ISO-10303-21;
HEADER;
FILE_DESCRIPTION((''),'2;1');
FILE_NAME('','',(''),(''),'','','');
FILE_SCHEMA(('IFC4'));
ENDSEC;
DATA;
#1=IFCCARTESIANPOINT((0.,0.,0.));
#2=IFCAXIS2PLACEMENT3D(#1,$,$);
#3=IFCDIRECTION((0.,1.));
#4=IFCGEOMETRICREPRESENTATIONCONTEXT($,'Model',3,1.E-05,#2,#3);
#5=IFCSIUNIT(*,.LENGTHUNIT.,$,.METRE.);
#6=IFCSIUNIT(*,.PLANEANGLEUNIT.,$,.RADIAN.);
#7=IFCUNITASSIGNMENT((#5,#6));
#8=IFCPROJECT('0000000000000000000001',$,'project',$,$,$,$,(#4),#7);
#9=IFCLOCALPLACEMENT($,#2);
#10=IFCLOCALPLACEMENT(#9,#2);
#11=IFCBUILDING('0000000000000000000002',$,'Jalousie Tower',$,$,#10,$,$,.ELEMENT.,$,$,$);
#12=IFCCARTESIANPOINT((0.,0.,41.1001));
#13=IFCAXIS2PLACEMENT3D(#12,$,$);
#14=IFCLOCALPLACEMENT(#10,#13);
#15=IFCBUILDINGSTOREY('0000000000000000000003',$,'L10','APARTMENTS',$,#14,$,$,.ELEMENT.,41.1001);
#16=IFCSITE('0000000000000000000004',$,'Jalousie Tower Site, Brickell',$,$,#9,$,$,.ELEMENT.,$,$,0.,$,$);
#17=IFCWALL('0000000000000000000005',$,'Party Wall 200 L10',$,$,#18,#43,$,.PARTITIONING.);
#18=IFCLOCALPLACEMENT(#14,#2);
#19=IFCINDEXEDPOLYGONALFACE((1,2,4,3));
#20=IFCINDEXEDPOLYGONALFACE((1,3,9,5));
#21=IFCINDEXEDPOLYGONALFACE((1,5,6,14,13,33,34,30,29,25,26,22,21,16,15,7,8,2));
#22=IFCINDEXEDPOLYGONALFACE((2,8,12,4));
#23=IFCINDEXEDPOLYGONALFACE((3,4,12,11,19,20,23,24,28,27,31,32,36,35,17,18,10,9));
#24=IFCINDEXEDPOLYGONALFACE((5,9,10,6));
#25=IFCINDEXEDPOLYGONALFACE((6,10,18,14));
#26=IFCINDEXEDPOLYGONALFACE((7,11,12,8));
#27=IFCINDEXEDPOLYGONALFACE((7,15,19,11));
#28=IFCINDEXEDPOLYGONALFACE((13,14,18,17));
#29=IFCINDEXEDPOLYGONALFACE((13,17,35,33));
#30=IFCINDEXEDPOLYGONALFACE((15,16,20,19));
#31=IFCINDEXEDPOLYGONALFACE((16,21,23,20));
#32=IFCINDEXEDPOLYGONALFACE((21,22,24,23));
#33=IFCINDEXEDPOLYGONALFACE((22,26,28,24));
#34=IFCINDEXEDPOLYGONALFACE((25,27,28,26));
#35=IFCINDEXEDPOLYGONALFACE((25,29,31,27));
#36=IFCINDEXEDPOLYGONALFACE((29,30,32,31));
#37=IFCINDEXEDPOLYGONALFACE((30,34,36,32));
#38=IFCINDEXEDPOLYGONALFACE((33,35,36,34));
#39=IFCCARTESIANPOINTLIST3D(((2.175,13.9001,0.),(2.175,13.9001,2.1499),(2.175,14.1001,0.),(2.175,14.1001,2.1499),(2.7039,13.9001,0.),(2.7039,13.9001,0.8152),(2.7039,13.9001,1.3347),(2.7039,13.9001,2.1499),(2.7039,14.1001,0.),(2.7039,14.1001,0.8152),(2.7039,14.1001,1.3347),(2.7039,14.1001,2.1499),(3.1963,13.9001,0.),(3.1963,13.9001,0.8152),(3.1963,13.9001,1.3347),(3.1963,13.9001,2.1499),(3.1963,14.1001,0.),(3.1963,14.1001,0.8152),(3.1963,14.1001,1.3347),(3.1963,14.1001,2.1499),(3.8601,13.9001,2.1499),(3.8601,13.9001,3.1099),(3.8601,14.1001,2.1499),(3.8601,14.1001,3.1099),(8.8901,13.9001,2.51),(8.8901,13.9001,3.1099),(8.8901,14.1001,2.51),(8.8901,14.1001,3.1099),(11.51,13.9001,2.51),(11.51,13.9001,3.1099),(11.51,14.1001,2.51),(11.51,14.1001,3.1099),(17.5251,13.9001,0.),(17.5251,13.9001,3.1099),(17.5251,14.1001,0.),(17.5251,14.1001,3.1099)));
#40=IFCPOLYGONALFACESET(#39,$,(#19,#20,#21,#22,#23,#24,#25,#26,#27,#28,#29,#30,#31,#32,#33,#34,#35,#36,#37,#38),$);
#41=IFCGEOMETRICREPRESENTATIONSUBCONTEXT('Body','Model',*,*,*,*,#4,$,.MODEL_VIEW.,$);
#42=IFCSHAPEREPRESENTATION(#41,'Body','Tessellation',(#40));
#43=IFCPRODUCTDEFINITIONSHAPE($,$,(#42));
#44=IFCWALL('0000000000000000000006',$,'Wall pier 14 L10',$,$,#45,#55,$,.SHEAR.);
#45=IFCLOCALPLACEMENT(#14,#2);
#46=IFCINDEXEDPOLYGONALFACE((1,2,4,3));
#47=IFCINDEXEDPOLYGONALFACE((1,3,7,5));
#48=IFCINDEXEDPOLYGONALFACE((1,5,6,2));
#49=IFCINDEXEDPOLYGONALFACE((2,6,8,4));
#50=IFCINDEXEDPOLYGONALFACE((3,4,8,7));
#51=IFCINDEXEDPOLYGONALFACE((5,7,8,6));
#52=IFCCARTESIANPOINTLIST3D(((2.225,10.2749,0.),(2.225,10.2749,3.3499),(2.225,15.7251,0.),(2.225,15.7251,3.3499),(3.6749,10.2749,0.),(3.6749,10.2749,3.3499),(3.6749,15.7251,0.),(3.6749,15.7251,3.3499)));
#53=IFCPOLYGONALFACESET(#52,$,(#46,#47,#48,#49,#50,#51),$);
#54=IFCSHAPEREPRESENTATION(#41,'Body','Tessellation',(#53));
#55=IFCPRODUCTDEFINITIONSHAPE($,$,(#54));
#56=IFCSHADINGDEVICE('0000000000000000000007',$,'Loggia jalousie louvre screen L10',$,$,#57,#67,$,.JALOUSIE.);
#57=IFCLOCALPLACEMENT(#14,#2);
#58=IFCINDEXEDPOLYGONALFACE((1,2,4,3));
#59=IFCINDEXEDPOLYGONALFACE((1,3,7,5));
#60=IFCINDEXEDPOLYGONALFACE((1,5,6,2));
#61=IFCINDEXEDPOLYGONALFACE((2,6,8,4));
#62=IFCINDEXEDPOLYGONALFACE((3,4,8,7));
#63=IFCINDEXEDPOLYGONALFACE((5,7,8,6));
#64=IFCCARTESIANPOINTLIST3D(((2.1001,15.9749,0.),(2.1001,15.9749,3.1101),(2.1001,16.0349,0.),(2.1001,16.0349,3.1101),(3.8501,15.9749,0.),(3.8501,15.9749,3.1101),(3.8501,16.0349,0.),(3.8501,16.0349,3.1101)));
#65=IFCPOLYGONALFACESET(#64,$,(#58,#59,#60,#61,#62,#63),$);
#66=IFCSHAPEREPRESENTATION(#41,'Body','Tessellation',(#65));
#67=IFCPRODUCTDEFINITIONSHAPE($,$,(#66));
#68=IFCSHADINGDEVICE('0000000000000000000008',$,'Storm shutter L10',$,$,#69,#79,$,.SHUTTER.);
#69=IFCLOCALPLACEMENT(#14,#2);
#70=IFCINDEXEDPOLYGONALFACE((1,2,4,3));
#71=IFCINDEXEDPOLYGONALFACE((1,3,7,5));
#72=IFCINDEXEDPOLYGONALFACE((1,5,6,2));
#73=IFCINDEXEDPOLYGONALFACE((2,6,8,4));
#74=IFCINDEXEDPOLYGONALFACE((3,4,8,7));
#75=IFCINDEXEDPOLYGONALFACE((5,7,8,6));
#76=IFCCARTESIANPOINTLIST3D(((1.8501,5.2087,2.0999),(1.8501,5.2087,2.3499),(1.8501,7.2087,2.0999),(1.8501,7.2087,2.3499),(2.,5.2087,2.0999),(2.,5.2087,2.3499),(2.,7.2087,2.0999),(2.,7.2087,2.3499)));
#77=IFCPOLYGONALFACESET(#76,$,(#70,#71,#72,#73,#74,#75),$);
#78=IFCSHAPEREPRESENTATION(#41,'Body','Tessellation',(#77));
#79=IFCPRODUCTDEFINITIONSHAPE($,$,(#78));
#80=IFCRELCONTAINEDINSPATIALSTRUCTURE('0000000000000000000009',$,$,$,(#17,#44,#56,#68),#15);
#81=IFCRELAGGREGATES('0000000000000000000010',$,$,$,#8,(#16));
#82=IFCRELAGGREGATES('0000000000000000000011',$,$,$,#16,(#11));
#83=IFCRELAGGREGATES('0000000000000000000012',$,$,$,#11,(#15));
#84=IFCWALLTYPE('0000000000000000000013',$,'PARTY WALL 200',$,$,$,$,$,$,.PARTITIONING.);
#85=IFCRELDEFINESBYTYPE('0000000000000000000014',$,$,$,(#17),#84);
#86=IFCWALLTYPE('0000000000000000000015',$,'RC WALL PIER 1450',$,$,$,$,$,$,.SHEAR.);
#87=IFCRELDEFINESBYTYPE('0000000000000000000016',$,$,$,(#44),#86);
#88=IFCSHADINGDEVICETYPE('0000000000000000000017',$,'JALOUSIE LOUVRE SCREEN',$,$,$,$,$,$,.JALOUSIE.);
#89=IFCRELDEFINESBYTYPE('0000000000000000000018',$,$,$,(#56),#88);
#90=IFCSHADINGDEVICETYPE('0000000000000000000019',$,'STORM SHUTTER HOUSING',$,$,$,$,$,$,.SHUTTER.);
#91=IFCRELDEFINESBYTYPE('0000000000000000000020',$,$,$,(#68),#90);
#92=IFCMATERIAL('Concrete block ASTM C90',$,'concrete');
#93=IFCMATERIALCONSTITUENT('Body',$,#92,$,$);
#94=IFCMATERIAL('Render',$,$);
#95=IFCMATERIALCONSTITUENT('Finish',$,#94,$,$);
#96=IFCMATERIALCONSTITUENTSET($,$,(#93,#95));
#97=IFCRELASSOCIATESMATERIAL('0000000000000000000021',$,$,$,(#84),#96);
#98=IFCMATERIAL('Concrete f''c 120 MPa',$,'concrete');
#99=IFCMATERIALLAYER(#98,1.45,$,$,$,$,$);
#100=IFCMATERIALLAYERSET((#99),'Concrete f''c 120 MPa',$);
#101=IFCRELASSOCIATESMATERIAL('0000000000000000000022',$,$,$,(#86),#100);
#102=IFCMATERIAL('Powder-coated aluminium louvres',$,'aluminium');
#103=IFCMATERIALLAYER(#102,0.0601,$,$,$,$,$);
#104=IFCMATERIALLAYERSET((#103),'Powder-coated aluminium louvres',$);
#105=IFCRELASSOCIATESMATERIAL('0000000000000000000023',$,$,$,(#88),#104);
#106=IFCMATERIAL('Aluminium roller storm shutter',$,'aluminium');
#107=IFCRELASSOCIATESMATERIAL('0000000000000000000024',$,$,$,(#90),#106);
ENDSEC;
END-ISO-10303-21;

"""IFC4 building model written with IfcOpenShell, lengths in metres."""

from ifc_helpers import new_model, si_unit, direction, frame, frame_2d, origin, origin_2d, place, context, subcontext, project, spatial, polyline, rectangle, outline, extrude, material, layer, layer_set, constituent, constituent_set, type_object, element, save


model = new_model("IFC4")

# Units and contexts
model_context = context("Model", 3, precision=1e-05, world=origin(), true_north=direction((0.0, 1.0)))
body_context = subcontext(model_context, "Body", "Model", "MODEL_VIEW")
ifc_project = project(units=[si_unit("LENGTHUNIT", "METRE"), si_unit("PLANEANGLEUNIT", "RADIAN")], contexts=[model_context])

# Site, building, storey
site_placement = place(None, origin())
site = spatial("IfcSite", under=ifc_project, at=site_placement, Name="Jalousie Tower Site, Brickell", CompositionType="ELEMENT", RefElevation=0.0)
building_placement = place(site_placement, origin())
building = spatial("IfcBuilding", under=site, at=building_placement, Name="Jalousie Tower", CompositionType="ELEMENT")
storey_placement = place(building_placement, frame((0.0, 0.0, 41.1001)))
storey = spatial("IfcBuildingStorey", under=building, at=storey_placement, Name="L10", Description="APARTMENTS", CompositionType="ELEMENT", Elevation=41.1001)

# Walls
ifc_material_1 = material(Name="Concrete block ASTM C90", Category="concrete")
ifc_constituent_1 = constituent(ifc_material_1, Name="Body")
ifc_material_2 = material(Name="Render")
ifc_constituent_2 = constituent(ifc_material_2, Name="Finish")
ifc_constituent_set_1 = constituent_set(constituents=[ifc_constituent_1, ifc_constituent_2])
wall_type_1 = type_object("IfcWallType", Name="PARTY WALL 200", PredefinedType="PARTITIONING", material=ifc_constituent_set_1)
wall_1_placement = place(storey_placement, frame((2.175, 14.0, 0.0), z_axis=(0.0, 0.0, 1.0), x_axis=(1.0, 0.0, 0.0)))
element("IfcWall", 1, at=wall_1_placement, inside=storey, type_object=wall_type_1, Name="Party Wall 200 L10", PredefinedType="PARTITIONING", context=body_context, shape_type="SweptSolid", body=[
    extrude(outline(polyline([(0.5288, 2.1499), (0.0, 2.1499), (0.0, 0.0), (0.5288, 0.0), (0.5288, 0.8152), (1.0212, 0.8152), (1.0212, 0.0), (15.3501, 0.0), (15.3501, 3.1099), (9.335, 3.1099), (9.335, 2.51), (6.7151, 2.51), (6.7151, 3.1099), (1.6851, 3.1099), (1.6851, 2.1499), (1.0212, 2.1499), (1.0212, 1.3347), (0.5288, 1.3347), (0.5288, 2.1499)])), frame((0.0, 0.1001, 0.0), z_axis=(0.0, -1.0, 0.0), x_axis=(1.0, 0.0, 0.0)), (0.0, 0.0, 1.0), 0.2),
])
ifc_material_3 = material(Name="Concrete f'c 120 MPa", Category="concrete")
ifc_layer_1 = layer(ifc_material_3, 1.45)
ifc_layer_set_1 = layer_set([ifc_layer_1], Name="Concrete f'c 120 MPa")
wall_type_2 = type_object("IfcWallType", Name="RC WALL PIER 1450", PredefinedType="SHEAR", material=ifc_layer_set_1)
wall_2_placement = place(storey_placement, frame((2.95, 10.2749, 0.0), z_axis=(0.0, 0.0, 1.0), x_axis=(0.0, 1.0, 0.0)))
element("IfcWall", 2, at=wall_2_placement, inside=storey, type_object=wall_type_2, Name="Wall pier 14 L10", PredefinedType="SHEAR", context=body_context, shape_type="SweptSolid", body=[
    extrude(rectangle(XDim=5.4502, YDim=1.45, at=frame_2d((2.7251, 0.0))), origin(), (0.0, 0.0, 1.0), 3.3499),
])

# Shading devices
ifc_material_4 = material(Name="Powder-coated aluminium louvres", Category="aluminium")
ifc_layer_2 = layer(ifc_material_4, 0.0601)
ifc_layer_set_2 = layer_set([ifc_layer_2], Name="Powder-coated aluminium louvres")
shading_device_type_1 = type_object("IfcShadingDeviceType", Name="JALOUSIE LOUVRE SCREEN", PredefinedType="JALOUSIE", material=ifc_layer_set_2)
shading_device_1_placement = place(storey_placement, frame((2.9751, 16.0049, 0.0), z_axis=(0.0, 0.0, 1.0), x_axis=(0.0, -1.0, 0.0)))
element("IfcShadingDevice", 3, at=shading_device_1_placement, inside=storey, type_object=shading_device_type_1, Name="Loggia jalousie louvre screen L10", PredefinedType="JALOUSIE", context=body_context, shape_type="SweptSolid", body=[
    extrude(rectangle(XDim=0.0601, YDim=1.75, at=origin_2d()), origin(), (0.0, 0.0, 1.0), 3.1101),
])
ifc_material_5 = material(Name="Aluminium roller storm shutter", Category="aluminium")
shading_device_type_2 = type_object("IfcShadingDeviceType", Name="STORM SHUTTER HOUSING", PredefinedType="SHUTTER", material=ifc_material_5)
shading_device_2_placement = place(storey_placement, frame((1.925, 6.2087, 2.0999), z_axis=(0.0, 0.0, 1.0), x_axis=(0.0, -1.0, 0.0)))
element("IfcShadingDevice", 4, at=shading_device_2_placement, inside=storey, type_object=shading_device_type_2, Name="Storm shutter L10", PredefinedType="SHUTTER", context=body_context, shape_type="SweptSolid", body=[
    extrude(rectangle(XDim=2.0, YDim=0.1499, at=origin_2d()), origin(), (0.0, 0.0, 1.0), 0.25),
])

save(model, "model.ifc")
